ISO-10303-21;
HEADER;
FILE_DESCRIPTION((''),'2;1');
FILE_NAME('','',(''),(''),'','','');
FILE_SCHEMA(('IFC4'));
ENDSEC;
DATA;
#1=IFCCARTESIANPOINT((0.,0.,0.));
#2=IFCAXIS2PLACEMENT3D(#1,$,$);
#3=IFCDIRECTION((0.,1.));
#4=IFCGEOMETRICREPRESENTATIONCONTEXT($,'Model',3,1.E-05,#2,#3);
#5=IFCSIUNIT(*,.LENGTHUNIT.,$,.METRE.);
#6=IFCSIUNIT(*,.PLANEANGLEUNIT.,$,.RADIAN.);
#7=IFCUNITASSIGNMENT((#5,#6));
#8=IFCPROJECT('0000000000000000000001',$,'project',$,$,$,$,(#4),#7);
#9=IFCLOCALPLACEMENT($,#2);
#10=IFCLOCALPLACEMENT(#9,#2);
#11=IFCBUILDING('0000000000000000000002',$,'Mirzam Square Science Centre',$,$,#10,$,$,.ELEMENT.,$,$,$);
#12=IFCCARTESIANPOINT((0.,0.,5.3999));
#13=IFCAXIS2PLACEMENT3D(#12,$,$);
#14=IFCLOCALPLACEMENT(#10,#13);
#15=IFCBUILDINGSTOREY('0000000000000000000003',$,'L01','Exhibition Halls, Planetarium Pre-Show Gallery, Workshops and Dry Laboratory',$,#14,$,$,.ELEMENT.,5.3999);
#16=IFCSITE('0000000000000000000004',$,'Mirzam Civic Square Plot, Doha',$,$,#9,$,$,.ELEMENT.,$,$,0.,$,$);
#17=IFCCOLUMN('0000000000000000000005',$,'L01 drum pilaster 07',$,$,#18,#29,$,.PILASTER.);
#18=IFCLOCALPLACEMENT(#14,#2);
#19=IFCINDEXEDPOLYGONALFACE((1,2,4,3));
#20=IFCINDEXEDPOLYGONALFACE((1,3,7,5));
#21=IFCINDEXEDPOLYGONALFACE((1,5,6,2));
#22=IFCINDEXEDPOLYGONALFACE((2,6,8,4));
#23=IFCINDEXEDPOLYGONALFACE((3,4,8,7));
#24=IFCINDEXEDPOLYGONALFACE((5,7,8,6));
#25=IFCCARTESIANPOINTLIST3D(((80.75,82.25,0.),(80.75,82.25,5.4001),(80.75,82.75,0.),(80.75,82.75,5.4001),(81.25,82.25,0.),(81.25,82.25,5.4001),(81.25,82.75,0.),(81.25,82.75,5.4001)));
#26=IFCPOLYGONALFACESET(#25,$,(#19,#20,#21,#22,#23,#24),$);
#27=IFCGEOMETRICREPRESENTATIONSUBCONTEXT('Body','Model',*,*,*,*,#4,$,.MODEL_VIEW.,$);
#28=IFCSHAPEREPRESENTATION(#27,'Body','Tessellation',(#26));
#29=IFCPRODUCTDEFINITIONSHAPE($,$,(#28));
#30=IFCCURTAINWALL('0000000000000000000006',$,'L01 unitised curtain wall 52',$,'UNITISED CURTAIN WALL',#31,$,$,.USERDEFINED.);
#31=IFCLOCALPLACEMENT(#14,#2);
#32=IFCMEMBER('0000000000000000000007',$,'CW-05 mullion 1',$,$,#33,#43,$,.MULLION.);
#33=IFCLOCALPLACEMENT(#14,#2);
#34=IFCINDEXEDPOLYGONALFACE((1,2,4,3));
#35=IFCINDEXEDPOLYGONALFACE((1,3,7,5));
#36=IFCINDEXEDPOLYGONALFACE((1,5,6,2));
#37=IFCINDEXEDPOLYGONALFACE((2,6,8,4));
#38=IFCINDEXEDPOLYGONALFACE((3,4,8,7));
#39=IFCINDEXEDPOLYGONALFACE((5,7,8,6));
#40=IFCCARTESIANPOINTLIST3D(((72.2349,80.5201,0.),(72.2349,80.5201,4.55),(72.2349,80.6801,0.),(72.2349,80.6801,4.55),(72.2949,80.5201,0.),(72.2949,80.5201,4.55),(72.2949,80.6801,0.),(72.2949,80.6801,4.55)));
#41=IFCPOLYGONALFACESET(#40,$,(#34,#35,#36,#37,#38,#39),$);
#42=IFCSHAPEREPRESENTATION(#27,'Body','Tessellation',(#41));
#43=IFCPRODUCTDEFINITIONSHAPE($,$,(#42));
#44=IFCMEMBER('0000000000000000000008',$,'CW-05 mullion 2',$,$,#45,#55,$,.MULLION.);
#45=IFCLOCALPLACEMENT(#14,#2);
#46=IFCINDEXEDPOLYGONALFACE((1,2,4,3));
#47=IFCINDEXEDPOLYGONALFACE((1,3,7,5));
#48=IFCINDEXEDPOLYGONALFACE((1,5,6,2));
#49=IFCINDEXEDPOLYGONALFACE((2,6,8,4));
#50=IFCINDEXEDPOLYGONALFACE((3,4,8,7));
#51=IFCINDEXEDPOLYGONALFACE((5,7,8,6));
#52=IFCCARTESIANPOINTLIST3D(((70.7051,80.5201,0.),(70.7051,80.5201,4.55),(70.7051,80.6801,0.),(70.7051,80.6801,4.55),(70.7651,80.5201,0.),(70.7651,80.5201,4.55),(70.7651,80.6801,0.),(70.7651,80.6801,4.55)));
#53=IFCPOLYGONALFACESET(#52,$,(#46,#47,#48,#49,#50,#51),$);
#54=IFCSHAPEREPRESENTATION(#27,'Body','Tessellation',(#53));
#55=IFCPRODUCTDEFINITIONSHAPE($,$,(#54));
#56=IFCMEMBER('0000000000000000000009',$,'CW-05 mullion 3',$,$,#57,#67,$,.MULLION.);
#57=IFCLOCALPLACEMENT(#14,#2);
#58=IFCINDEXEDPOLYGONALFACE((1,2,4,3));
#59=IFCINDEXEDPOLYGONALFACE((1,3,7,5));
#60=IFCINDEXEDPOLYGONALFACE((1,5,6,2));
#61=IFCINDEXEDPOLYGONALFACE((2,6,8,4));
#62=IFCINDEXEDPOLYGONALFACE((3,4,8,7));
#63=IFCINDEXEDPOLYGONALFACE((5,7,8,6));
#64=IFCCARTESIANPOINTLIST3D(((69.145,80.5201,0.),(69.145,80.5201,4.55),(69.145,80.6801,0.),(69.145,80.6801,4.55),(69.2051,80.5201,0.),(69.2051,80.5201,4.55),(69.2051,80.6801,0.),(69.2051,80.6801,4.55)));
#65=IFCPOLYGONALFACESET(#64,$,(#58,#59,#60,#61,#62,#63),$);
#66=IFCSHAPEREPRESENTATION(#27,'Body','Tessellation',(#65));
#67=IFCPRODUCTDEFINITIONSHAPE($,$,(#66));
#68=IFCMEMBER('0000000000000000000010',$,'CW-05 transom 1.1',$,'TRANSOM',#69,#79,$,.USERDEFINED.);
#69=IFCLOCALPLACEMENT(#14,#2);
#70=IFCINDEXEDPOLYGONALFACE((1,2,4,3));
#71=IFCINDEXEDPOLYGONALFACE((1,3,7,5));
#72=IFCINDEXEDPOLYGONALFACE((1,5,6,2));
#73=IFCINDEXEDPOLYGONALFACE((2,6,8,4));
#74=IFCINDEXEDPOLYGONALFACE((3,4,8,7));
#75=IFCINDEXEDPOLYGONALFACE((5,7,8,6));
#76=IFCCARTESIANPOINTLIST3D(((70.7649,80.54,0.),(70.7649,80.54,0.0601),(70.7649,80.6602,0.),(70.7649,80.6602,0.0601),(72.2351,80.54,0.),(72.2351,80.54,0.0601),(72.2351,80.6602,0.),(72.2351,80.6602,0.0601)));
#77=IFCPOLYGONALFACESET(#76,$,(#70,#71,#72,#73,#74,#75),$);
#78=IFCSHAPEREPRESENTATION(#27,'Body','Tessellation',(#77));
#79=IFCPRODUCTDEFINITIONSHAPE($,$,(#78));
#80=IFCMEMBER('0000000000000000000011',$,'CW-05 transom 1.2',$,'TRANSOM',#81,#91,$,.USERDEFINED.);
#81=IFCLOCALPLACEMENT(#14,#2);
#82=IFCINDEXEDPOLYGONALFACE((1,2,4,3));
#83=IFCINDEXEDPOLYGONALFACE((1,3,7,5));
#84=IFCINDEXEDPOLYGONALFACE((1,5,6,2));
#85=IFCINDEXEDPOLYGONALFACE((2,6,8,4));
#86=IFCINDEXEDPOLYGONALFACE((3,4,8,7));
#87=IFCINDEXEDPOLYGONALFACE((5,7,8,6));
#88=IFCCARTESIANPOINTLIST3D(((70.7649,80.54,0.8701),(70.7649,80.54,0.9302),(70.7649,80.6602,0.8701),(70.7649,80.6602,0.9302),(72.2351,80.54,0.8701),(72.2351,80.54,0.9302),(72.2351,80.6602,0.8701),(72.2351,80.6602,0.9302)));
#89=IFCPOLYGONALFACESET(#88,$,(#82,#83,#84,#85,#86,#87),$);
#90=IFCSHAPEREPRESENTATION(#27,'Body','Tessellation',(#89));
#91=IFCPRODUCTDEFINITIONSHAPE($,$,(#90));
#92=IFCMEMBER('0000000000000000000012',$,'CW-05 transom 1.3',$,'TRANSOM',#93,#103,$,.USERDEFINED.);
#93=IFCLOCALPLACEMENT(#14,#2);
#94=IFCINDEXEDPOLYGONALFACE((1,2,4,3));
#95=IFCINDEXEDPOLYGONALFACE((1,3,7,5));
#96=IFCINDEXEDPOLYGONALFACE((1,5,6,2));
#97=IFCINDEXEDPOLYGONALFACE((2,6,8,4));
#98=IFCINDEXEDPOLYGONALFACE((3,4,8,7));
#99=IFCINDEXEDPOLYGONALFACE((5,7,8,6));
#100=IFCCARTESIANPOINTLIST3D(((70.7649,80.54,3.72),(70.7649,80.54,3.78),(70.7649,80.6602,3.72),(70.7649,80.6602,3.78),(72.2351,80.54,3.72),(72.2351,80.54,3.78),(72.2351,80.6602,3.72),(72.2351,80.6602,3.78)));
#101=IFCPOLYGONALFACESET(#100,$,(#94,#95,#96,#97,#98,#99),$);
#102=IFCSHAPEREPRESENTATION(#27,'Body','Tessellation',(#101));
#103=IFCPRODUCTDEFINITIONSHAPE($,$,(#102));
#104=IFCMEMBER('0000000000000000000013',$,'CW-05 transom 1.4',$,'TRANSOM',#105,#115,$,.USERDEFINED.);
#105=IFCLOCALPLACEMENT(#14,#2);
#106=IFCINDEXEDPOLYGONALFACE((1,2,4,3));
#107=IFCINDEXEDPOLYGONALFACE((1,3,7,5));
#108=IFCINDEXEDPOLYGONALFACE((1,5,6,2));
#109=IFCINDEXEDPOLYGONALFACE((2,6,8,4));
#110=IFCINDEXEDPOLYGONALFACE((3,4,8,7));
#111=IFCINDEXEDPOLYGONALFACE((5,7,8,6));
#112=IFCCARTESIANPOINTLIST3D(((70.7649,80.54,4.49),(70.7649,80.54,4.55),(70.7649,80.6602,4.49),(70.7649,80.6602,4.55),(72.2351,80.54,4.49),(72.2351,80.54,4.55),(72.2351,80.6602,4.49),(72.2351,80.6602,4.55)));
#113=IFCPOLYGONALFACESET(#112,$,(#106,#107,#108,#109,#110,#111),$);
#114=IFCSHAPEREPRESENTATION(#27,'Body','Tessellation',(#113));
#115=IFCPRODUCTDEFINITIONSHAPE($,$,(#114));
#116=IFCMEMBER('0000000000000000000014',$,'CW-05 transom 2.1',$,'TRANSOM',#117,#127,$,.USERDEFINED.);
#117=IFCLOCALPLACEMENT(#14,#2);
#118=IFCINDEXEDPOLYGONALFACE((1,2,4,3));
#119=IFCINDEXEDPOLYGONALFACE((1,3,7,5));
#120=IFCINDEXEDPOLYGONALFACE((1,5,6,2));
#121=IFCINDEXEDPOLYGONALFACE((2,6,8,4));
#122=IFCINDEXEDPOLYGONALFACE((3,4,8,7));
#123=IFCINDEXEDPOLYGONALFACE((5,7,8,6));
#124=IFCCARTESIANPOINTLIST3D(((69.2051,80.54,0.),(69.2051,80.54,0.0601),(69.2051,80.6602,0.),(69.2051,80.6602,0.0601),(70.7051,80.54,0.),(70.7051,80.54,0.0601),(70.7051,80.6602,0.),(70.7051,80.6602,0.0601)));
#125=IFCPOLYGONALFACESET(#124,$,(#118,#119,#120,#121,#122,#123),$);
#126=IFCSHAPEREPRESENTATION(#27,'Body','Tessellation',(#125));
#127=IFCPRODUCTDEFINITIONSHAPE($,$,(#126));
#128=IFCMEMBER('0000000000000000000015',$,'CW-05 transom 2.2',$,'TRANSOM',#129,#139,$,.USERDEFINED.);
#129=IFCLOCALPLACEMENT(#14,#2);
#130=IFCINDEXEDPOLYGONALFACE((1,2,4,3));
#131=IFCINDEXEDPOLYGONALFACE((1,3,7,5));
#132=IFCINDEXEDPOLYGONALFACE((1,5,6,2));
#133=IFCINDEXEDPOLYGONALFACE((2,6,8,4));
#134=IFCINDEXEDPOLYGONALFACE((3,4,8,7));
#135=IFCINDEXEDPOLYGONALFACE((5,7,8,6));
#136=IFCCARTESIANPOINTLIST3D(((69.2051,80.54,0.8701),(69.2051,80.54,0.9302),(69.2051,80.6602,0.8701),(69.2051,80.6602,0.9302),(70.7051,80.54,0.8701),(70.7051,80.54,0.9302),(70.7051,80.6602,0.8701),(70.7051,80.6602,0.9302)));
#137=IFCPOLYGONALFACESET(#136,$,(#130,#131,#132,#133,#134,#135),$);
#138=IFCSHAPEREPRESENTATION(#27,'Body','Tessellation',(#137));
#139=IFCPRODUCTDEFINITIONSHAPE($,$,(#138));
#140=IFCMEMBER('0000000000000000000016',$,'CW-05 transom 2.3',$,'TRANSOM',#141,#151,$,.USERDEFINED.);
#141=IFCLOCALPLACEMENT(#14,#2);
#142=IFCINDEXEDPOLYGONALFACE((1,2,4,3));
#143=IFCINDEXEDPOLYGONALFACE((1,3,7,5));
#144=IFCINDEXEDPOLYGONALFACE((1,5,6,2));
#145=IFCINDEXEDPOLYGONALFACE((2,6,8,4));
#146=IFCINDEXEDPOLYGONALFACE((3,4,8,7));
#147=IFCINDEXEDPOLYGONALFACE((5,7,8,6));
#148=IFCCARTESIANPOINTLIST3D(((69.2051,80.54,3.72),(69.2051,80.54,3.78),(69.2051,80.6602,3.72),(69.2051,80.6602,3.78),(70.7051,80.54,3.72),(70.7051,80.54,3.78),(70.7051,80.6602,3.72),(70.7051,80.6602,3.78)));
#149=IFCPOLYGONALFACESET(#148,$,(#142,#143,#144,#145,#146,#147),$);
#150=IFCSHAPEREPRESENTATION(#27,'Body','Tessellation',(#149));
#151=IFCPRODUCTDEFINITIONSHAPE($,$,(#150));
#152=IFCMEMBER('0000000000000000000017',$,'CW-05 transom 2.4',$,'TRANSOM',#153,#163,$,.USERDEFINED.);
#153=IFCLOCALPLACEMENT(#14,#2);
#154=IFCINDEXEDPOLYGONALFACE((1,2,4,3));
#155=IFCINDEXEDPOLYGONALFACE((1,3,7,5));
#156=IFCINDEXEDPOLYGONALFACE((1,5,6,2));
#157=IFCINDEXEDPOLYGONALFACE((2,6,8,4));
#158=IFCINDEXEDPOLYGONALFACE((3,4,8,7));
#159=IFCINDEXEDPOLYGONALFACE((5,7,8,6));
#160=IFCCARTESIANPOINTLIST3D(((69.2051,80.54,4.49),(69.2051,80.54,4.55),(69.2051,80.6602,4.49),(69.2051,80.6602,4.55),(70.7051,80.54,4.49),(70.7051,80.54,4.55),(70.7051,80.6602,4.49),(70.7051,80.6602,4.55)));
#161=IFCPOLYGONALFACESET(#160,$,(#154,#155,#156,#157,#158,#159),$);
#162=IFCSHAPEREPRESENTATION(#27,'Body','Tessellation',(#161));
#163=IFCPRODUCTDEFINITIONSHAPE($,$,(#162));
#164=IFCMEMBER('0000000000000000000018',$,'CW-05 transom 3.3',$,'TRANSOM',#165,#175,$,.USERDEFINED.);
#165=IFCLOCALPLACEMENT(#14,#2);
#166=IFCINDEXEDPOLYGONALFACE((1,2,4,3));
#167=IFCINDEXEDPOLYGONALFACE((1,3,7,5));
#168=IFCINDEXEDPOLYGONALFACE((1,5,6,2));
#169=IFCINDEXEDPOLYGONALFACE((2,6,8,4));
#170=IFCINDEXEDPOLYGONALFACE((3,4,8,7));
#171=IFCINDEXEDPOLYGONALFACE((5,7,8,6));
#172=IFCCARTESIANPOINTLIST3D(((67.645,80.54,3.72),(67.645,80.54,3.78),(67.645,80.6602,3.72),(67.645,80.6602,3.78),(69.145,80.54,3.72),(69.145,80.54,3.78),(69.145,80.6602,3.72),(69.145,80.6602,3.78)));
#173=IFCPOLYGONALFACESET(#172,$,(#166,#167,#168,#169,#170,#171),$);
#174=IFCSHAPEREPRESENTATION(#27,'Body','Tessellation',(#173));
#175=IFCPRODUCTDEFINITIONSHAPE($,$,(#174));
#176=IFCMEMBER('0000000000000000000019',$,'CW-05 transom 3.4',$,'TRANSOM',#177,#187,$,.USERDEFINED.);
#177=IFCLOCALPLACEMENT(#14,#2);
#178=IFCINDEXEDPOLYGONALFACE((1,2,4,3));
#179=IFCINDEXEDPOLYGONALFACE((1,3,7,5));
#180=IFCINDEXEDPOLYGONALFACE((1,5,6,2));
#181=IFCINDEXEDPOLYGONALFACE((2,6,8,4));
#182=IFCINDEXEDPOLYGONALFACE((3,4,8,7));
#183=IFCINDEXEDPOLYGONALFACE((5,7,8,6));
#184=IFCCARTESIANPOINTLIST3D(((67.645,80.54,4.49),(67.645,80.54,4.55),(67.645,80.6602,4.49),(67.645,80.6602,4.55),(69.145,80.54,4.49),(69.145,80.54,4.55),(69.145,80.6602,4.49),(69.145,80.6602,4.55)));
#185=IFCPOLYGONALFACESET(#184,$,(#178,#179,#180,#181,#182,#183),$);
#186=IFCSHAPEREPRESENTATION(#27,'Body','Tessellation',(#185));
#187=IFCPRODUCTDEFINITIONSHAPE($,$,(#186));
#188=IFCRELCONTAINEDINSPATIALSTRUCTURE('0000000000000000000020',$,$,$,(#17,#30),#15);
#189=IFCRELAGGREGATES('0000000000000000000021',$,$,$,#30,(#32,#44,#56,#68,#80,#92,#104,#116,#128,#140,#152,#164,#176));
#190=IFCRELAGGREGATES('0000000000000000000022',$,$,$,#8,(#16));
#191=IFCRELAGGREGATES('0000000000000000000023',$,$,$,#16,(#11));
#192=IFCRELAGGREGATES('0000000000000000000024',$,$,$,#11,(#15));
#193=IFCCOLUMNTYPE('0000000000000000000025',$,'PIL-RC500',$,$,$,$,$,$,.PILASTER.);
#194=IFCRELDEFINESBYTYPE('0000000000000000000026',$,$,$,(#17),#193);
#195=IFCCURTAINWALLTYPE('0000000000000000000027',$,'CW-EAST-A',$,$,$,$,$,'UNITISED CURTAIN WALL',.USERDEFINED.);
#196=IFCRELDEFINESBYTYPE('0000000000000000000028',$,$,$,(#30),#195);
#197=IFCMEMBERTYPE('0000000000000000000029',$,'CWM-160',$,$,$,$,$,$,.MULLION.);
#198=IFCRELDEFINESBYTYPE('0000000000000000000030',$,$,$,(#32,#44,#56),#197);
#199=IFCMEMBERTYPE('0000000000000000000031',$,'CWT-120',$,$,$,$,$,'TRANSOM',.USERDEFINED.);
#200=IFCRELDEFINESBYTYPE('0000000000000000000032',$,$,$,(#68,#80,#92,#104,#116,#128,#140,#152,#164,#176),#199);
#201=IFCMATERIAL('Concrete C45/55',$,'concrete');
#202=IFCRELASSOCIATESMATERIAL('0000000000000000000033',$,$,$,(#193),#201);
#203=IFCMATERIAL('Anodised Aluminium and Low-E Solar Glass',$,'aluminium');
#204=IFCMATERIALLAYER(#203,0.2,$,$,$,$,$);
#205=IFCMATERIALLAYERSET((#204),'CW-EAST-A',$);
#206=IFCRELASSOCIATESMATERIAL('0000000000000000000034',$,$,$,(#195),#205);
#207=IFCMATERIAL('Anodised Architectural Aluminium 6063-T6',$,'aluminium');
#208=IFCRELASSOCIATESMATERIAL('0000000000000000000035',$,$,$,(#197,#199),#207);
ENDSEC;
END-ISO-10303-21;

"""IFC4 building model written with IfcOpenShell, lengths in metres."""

from ifc_helpers import new_model, si_unit, direction, frame, origin, origin_2d, place, context, subcontext, project, spatial, rectangle, extrude, material, layer, layer_set, material_profile, profile_set, type_object, element, aggregate, save


model = new_model("IFC4")

# Units and contexts
model_context = context("Model", 3, precision=1e-05, world=origin(), true_north=direction((0.0, 1.0)))
body_context = subcontext(model_context, "Body", "Model", "MODEL_VIEW")
ifc_project = project(units=[si_unit("LENGTHUNIT", "METRE"), si_unit("PLANEANGLEUNIT", "RADIAN")], contexts=[model_context])

# Site, building, storey
site_placement = place(None, origin())
site = spatial("IfcSite", under=ifc_project, at=site_placement, Name="Mirzam Civic Square Plot, Doha", CompositionType="ELEMENT", RefElevation=0.0)
building_placement = place(site_placement, origin())
building = spatial("IfcBuilding", under=site, at=building_placement, Name="Mirzam Square Science Centre", CompositionType="ELEMENT")
storey_placement = place(building_placement, frame((0.0, 0.0, 5.3999)))
storey = spatial("IfcBuildingStorey", under=building, at=storey_placement, Name="L01", Description="Exhibition Halls, Planetarium Pre-Show Gallery, Workshops and Dry Laboratory", CompositionType="ELEMENT", Elevation=5.3999)

# Column
ifc_material_1 = material(Name="Concrete C45/55", Category="concrete")
ifc_material_profile_1 = material_profile(ifc_material_1, rectangle(XDim=0.5, YDim=0.5, at=origin_2d()), Name="RC500x500")
ifc_profile_set_1 = profile_set([ifc_material_profile_1], Name="Concrete C45/55")
column_type = type_object("IfcColumnType", Name="PIL-RC500", PredefinedType="PILASTER", material=ifc_profile_set_1)
column_placement = place(storey_placement, frame((81.0, 82.5, 0.0), z_axis=(0.0, 0.0, 1.0), x_axis=(1.0, 0.0, 0.0)))
element("IfcColumn", 1, at=column_placement, inside=storey, type_object=column_type, Name="L01 drum pilaster 07", PredefinedType="PILASTER", context=body_context, shape_type="SweptSolid", body=[
    extrude(rectangle(XDim=0.5, YDim=0.5, at=origin_2d()), origin(), (0.0, 0.0, 1.0), 5.4001),
])

# Curtain wall, members
ifc_material_2 = material(Name="Anodised Aluminium and Low-E Solar Glass", Category="aluminium")
ifc_layer_1 = layer(ifc_material_2, 0.2)
ifc_layer_set_1 = layer_set([ifc_layer_1], Name="CW-EAST-A")
curtain_wall_type = type_object("IfcCurtainWallType", Name="CW-EAST-A", ElementType="UNITISED CURTAIN WALL", PredefinedType="USERDEFINED", material=ifc_layer_set_1)
curtain_wall_placement = place(storey_placement, origin())
curtain_wall = element("IfcCurtainWall", 2, at=curtain_wall_placement, inside=storey, type_object=curtain_wall_type, Name="L01 unitised curtain wall 52", ObjectType="UNITISED CURTAIN WALL", PredefinedType="USERDEFINED")
ifc_material_3 = material(Name="Anodised Architectural Aluminium 6063-T6", Category="aluminium")
ifc_material_profile_2 = material_profile(ifc_material_3, rectangle(XDim=0.0601, YDim=0.1599, at=origin_2d()), Name="ALU-MULL-160x60x4")
ifc_profile_set_2 = profile_set([ifc_material_profile_2], Name="Anodised Architectural Aluminium 6063-T6")
member_type_1 = type_object("IfcMemberType", Name="CWM-160", PredefinedType="MULLION", material=ifc_profile_set_2)
member_1_placement = place(storey_placement, frame((72.2649, 80.6001, 0.0), z_axis=(0.0, 0.0, 1.0), x_axis=(-1.0, 0.0, 0.0)))
member_1 = element("IfcMember", 3, at=member_1_placement, type_object=member_type_1, Name="CW-05 mullion 1", PredefinedType="MULLION", context=body_context, shape_type="SweptSolid", body=[
    extrude(rectangle(XDim=0.0601, YDim=0.1599, at=origin_2d()), origin(), (0.0, 0.0, 1.0), 4.55),
])
member_2_placement = place(storey_placement, frame((70.7351, 80.6001, 0.0), z_axis=(0.0, 0.0, 1.0), x_axis=(-1.0, 0.0, 0.0)))
member_2 = element("IfcMember", 4, at=member_2_placement, type_object=member_type_1, Name="CW-05 mullion 2", PredefinedType="MULLION", context=body_context, shape_type="SweptSolid", body=[
    extrude(rectangle(XDim=0.0601, YDim=0.1599, at=origin_2d()), origin(), (0.0, 0.0, 1.0), 4.55),
])
member_3_placement = place(storey_placement, frame((69.175, 80.6001, 0.0), z_axis=(0.0, 0.0, 1.0), x_axis=(-1.0, 0.0, 0.0)))
member_3 = element("IfcMember", 5, at=member_3_placement, type_object=member_type_1, Name="CW-05 mullion 3", PredefinedType="MULLION", context=body_context, shape_type="SweptSolid", body=[
    extrude(rectangle(XDim=0.0601, YDim=0.1599, at=origin_2d()), origin(), (0.0, 0.0, 1.0), 4.55),
])
ifc_material_profile_3 = material_profile(ifc_material_3, rectangle(XDim=0.1201, YDim=0.0601, at=origin_2d()), Name="ALU-TRAN-120x60x4")
ifc_profile_set_3 = profile_set([ifc_material_profile_3], Name="Anodised Architectural Aluminium 6063-T6")
member_type_2 = type_object("IfcMemberType", Name="CWT-120", ElementType="TRANSOM", PredefinedType="USERDEFINED", material=ifc_profile_set_3)
member_4_placement = place(storey_placement, frame((72.2351, 80.6001, 0.03), z_axis=(-1.0, 0.0, 0.0), x_axis=(0.0, -1.0, 0.0)))
member_4 = element("IfcMember", 6, at=member_4_placement, type_object=member_type_2, Name="CW-05 transom 1.1", ObjectType="TRANSOM", PredefinedType="USERDEFINED", context=body_context, shape_type="SweptSolid", body=[
    extrude(rectangle(XDim=0.1201, YDim=0.0601, at=origin_2d()), origin(), (0.0, 0.0, 1.0), 1.4702),
])
member_5_placement = place(storey_placement, frame((72.2351, 80.6001, 0.9001), z_axis=(-1.0, 0.0, 0.0), x_axis=(0.0, -1.0, 0.0)))
member_5 = element("IfcMember", 7, at=member_5_placement, type_object=member_type_2, Name="CW-05 transom 1.2", ObjectType="TRANSOM", PredefinedType="USERDEFINED", context=body_context, shape_type="SweptSolid", body=[
    extrude(rectangle(XDim=0.1201, YDim=0.0601, at=origin_2d()), origin(), (0.0, 0.0, 1.0), 1.4702),
])
member_6_placement = place(storey_placement, frame((72.2351, 80.6001, 3.75), z_axis=(-1.0, 0.0, 0.0), x_axis=(0.0, -1.0, 0.0)))
member_6 = element("IfcMember", 8, at=member_6_placement, type_object=member_type_2, Name="CW-05 transom 1.3", ObjectType="TRANSOM", PredefinedType="USERDEFINED", context=body_context, shape_type="SweptSolid", body=[
    extrude(rectangle(XDim=0.1201, YDim=0.0601, at=origin_2d()), origin(), (0.0, 0.0, 1.0), 1.4702),
])
member_7_placement = place(storey_placement, frame((72.2351, 80.6001, 4.52), z_axis=(-1.0, 0.0, 0.0), x_axis=(0.0, -1.0, 0.0)))
member_7 = element("IfcMember", 9, at=member_7_placement, type_object=member_type_2, Name="CW-05 transom 1.4", ObjectType="TRANSOM", PredefinedType="USERDEFINED", context=body_context, shape_type="SweptSolid", body=[
    extrude(rectangle(XDim=0.1201, YDim=0.0601, at=origin_2d()), origin(), (0.0, 0.0, 1.0), 1.4702),
])
member_8_placement = place(storey_placement, frame((70.7051, 80.6001, 0.03), z_axis=(-1.0, 0.0, 0.0), x_axis=(0.0, -1.0, 0.0)))
member_8 = element("IfcMember", 10, at=member_8_placement, type_object=member_type_2, Name="CW-05 transom 2.1", ObjectType="TRANSOM", PredefinedType="USERDEFINED", context=body_context, shape_type="SweptSolid", body=[
    extrude(rectangle(XDim=0.1201, YDim=0.0601, at=origin_2d()), origin(), (0.0, 0.0, 1.0), 1.5),
])
member_9_placement = place(storey_placement, frame((70.7051, 80.6001, 0.9001), z_axis=(-1.0, 0.0, 0.0), x_axis=(0.0, -1.0, 0.0)))
member_9 = element("IfcMember", 11, at=member_9_placement, type_object=member_type_2, Name="CW-05 transom 2.2", ObjectType="TRANSOM", PredefinedType="USERDEFINED", context=body_context, shape_type="SweptSolid", body=[
    extrude(rectangle(XDim=0.1201, YDim=0.0601, at=origin_2d()), origin(), (0.0, 0.0, 1.0), 1.5),
])
member_10_placement = place(storey_placement, frame((70.7051, 80.6001, 3.75), z_axis=(-1.0, 0.0, 0.0), x_axis=(0.0, -1.0, 0.0)))
member_10 = element("IfcMember", 12, at=member_10_placement, type_object=member_type_2, Name="CW-05 transom 2.3", ObjectType="TRANSOM", PredefinedType="USERDEFINED", context=body_context, shape_type="SweptSolid", body=[
    extrude(rectangle(XDim=0.1201, YDim=0.0601, at=origin_2d()), origin(), (0.0, 0.0, 1.0), 1.5),
])
member_11_placement = place(storey_placement, frame((70.7051, 80.6001, 4.52), z_axis=(-1.0, 0.0, 0.0), x_axis=(0.0, -1.0, 0.0)))
member_11 = element("IfcMember", 13, at=member_11_placement, type_object=member_type_2, Name="CW-05 transom 2.4", ObjectType="TRANSOM", PredefinedType="USERDEFINED", context=body_context, shape_type="SweptSolid", body=[
    extrude(rectangle(XDim=0.1201, YDim=0.0601, at=origin_2d()), origin(), (0.0, 0.0, 1.0), 1.5),
])
member_12_placement = place(storey_placement, frame((69.145, 80.6001, 3.75), z_axis=(-1.0, 0.0, 0.0), x_axis=(0.0, -1.0, 0.0)))
member_12 = element("IfcMember", 14, at=member_12_placement, type_object=member_type_2, Name="CW-05 transom 3.3", ObjectType="TRANSOM", PredefinedType="USERDEFINED", context=body_context, shape_type="SweptSolid", body=[
    extrude(rectangle(XDim=0.1201, YDim=0.0601, at=origin_2d()), origin(), (0.0, 0.0, 1.0), 1.5),
])
member_13_placement = place(storey_placement, frame((69.145, 80.6001, 4.52), z_axis=(-1.0, 0.0, 0.0), x_axis=(0.0, -1.0, 0.0)))
member_13 = element("IfcMember", 15, at=member_13_placement, type_object=member_type_2, Name="CW-05 transom 3.4", ObjectType="TRANSOM", PredefinedType="USERDEFINED", context=body_context, shape_type="SweptSolid", body=[
    extrude(rectangle(XDim=0.1201, YDim=0.0601, at=origin_2d()), origin(), (0.0, 0.0, 1.0), 1.5),
])
aggregate(curtain_wall, [member_1, member_2, member_3, member_4, member_5, member_6, member_7, member_8, member_9, member_10, member_11, member_12, member_13])

save(model, "model.ifc")
